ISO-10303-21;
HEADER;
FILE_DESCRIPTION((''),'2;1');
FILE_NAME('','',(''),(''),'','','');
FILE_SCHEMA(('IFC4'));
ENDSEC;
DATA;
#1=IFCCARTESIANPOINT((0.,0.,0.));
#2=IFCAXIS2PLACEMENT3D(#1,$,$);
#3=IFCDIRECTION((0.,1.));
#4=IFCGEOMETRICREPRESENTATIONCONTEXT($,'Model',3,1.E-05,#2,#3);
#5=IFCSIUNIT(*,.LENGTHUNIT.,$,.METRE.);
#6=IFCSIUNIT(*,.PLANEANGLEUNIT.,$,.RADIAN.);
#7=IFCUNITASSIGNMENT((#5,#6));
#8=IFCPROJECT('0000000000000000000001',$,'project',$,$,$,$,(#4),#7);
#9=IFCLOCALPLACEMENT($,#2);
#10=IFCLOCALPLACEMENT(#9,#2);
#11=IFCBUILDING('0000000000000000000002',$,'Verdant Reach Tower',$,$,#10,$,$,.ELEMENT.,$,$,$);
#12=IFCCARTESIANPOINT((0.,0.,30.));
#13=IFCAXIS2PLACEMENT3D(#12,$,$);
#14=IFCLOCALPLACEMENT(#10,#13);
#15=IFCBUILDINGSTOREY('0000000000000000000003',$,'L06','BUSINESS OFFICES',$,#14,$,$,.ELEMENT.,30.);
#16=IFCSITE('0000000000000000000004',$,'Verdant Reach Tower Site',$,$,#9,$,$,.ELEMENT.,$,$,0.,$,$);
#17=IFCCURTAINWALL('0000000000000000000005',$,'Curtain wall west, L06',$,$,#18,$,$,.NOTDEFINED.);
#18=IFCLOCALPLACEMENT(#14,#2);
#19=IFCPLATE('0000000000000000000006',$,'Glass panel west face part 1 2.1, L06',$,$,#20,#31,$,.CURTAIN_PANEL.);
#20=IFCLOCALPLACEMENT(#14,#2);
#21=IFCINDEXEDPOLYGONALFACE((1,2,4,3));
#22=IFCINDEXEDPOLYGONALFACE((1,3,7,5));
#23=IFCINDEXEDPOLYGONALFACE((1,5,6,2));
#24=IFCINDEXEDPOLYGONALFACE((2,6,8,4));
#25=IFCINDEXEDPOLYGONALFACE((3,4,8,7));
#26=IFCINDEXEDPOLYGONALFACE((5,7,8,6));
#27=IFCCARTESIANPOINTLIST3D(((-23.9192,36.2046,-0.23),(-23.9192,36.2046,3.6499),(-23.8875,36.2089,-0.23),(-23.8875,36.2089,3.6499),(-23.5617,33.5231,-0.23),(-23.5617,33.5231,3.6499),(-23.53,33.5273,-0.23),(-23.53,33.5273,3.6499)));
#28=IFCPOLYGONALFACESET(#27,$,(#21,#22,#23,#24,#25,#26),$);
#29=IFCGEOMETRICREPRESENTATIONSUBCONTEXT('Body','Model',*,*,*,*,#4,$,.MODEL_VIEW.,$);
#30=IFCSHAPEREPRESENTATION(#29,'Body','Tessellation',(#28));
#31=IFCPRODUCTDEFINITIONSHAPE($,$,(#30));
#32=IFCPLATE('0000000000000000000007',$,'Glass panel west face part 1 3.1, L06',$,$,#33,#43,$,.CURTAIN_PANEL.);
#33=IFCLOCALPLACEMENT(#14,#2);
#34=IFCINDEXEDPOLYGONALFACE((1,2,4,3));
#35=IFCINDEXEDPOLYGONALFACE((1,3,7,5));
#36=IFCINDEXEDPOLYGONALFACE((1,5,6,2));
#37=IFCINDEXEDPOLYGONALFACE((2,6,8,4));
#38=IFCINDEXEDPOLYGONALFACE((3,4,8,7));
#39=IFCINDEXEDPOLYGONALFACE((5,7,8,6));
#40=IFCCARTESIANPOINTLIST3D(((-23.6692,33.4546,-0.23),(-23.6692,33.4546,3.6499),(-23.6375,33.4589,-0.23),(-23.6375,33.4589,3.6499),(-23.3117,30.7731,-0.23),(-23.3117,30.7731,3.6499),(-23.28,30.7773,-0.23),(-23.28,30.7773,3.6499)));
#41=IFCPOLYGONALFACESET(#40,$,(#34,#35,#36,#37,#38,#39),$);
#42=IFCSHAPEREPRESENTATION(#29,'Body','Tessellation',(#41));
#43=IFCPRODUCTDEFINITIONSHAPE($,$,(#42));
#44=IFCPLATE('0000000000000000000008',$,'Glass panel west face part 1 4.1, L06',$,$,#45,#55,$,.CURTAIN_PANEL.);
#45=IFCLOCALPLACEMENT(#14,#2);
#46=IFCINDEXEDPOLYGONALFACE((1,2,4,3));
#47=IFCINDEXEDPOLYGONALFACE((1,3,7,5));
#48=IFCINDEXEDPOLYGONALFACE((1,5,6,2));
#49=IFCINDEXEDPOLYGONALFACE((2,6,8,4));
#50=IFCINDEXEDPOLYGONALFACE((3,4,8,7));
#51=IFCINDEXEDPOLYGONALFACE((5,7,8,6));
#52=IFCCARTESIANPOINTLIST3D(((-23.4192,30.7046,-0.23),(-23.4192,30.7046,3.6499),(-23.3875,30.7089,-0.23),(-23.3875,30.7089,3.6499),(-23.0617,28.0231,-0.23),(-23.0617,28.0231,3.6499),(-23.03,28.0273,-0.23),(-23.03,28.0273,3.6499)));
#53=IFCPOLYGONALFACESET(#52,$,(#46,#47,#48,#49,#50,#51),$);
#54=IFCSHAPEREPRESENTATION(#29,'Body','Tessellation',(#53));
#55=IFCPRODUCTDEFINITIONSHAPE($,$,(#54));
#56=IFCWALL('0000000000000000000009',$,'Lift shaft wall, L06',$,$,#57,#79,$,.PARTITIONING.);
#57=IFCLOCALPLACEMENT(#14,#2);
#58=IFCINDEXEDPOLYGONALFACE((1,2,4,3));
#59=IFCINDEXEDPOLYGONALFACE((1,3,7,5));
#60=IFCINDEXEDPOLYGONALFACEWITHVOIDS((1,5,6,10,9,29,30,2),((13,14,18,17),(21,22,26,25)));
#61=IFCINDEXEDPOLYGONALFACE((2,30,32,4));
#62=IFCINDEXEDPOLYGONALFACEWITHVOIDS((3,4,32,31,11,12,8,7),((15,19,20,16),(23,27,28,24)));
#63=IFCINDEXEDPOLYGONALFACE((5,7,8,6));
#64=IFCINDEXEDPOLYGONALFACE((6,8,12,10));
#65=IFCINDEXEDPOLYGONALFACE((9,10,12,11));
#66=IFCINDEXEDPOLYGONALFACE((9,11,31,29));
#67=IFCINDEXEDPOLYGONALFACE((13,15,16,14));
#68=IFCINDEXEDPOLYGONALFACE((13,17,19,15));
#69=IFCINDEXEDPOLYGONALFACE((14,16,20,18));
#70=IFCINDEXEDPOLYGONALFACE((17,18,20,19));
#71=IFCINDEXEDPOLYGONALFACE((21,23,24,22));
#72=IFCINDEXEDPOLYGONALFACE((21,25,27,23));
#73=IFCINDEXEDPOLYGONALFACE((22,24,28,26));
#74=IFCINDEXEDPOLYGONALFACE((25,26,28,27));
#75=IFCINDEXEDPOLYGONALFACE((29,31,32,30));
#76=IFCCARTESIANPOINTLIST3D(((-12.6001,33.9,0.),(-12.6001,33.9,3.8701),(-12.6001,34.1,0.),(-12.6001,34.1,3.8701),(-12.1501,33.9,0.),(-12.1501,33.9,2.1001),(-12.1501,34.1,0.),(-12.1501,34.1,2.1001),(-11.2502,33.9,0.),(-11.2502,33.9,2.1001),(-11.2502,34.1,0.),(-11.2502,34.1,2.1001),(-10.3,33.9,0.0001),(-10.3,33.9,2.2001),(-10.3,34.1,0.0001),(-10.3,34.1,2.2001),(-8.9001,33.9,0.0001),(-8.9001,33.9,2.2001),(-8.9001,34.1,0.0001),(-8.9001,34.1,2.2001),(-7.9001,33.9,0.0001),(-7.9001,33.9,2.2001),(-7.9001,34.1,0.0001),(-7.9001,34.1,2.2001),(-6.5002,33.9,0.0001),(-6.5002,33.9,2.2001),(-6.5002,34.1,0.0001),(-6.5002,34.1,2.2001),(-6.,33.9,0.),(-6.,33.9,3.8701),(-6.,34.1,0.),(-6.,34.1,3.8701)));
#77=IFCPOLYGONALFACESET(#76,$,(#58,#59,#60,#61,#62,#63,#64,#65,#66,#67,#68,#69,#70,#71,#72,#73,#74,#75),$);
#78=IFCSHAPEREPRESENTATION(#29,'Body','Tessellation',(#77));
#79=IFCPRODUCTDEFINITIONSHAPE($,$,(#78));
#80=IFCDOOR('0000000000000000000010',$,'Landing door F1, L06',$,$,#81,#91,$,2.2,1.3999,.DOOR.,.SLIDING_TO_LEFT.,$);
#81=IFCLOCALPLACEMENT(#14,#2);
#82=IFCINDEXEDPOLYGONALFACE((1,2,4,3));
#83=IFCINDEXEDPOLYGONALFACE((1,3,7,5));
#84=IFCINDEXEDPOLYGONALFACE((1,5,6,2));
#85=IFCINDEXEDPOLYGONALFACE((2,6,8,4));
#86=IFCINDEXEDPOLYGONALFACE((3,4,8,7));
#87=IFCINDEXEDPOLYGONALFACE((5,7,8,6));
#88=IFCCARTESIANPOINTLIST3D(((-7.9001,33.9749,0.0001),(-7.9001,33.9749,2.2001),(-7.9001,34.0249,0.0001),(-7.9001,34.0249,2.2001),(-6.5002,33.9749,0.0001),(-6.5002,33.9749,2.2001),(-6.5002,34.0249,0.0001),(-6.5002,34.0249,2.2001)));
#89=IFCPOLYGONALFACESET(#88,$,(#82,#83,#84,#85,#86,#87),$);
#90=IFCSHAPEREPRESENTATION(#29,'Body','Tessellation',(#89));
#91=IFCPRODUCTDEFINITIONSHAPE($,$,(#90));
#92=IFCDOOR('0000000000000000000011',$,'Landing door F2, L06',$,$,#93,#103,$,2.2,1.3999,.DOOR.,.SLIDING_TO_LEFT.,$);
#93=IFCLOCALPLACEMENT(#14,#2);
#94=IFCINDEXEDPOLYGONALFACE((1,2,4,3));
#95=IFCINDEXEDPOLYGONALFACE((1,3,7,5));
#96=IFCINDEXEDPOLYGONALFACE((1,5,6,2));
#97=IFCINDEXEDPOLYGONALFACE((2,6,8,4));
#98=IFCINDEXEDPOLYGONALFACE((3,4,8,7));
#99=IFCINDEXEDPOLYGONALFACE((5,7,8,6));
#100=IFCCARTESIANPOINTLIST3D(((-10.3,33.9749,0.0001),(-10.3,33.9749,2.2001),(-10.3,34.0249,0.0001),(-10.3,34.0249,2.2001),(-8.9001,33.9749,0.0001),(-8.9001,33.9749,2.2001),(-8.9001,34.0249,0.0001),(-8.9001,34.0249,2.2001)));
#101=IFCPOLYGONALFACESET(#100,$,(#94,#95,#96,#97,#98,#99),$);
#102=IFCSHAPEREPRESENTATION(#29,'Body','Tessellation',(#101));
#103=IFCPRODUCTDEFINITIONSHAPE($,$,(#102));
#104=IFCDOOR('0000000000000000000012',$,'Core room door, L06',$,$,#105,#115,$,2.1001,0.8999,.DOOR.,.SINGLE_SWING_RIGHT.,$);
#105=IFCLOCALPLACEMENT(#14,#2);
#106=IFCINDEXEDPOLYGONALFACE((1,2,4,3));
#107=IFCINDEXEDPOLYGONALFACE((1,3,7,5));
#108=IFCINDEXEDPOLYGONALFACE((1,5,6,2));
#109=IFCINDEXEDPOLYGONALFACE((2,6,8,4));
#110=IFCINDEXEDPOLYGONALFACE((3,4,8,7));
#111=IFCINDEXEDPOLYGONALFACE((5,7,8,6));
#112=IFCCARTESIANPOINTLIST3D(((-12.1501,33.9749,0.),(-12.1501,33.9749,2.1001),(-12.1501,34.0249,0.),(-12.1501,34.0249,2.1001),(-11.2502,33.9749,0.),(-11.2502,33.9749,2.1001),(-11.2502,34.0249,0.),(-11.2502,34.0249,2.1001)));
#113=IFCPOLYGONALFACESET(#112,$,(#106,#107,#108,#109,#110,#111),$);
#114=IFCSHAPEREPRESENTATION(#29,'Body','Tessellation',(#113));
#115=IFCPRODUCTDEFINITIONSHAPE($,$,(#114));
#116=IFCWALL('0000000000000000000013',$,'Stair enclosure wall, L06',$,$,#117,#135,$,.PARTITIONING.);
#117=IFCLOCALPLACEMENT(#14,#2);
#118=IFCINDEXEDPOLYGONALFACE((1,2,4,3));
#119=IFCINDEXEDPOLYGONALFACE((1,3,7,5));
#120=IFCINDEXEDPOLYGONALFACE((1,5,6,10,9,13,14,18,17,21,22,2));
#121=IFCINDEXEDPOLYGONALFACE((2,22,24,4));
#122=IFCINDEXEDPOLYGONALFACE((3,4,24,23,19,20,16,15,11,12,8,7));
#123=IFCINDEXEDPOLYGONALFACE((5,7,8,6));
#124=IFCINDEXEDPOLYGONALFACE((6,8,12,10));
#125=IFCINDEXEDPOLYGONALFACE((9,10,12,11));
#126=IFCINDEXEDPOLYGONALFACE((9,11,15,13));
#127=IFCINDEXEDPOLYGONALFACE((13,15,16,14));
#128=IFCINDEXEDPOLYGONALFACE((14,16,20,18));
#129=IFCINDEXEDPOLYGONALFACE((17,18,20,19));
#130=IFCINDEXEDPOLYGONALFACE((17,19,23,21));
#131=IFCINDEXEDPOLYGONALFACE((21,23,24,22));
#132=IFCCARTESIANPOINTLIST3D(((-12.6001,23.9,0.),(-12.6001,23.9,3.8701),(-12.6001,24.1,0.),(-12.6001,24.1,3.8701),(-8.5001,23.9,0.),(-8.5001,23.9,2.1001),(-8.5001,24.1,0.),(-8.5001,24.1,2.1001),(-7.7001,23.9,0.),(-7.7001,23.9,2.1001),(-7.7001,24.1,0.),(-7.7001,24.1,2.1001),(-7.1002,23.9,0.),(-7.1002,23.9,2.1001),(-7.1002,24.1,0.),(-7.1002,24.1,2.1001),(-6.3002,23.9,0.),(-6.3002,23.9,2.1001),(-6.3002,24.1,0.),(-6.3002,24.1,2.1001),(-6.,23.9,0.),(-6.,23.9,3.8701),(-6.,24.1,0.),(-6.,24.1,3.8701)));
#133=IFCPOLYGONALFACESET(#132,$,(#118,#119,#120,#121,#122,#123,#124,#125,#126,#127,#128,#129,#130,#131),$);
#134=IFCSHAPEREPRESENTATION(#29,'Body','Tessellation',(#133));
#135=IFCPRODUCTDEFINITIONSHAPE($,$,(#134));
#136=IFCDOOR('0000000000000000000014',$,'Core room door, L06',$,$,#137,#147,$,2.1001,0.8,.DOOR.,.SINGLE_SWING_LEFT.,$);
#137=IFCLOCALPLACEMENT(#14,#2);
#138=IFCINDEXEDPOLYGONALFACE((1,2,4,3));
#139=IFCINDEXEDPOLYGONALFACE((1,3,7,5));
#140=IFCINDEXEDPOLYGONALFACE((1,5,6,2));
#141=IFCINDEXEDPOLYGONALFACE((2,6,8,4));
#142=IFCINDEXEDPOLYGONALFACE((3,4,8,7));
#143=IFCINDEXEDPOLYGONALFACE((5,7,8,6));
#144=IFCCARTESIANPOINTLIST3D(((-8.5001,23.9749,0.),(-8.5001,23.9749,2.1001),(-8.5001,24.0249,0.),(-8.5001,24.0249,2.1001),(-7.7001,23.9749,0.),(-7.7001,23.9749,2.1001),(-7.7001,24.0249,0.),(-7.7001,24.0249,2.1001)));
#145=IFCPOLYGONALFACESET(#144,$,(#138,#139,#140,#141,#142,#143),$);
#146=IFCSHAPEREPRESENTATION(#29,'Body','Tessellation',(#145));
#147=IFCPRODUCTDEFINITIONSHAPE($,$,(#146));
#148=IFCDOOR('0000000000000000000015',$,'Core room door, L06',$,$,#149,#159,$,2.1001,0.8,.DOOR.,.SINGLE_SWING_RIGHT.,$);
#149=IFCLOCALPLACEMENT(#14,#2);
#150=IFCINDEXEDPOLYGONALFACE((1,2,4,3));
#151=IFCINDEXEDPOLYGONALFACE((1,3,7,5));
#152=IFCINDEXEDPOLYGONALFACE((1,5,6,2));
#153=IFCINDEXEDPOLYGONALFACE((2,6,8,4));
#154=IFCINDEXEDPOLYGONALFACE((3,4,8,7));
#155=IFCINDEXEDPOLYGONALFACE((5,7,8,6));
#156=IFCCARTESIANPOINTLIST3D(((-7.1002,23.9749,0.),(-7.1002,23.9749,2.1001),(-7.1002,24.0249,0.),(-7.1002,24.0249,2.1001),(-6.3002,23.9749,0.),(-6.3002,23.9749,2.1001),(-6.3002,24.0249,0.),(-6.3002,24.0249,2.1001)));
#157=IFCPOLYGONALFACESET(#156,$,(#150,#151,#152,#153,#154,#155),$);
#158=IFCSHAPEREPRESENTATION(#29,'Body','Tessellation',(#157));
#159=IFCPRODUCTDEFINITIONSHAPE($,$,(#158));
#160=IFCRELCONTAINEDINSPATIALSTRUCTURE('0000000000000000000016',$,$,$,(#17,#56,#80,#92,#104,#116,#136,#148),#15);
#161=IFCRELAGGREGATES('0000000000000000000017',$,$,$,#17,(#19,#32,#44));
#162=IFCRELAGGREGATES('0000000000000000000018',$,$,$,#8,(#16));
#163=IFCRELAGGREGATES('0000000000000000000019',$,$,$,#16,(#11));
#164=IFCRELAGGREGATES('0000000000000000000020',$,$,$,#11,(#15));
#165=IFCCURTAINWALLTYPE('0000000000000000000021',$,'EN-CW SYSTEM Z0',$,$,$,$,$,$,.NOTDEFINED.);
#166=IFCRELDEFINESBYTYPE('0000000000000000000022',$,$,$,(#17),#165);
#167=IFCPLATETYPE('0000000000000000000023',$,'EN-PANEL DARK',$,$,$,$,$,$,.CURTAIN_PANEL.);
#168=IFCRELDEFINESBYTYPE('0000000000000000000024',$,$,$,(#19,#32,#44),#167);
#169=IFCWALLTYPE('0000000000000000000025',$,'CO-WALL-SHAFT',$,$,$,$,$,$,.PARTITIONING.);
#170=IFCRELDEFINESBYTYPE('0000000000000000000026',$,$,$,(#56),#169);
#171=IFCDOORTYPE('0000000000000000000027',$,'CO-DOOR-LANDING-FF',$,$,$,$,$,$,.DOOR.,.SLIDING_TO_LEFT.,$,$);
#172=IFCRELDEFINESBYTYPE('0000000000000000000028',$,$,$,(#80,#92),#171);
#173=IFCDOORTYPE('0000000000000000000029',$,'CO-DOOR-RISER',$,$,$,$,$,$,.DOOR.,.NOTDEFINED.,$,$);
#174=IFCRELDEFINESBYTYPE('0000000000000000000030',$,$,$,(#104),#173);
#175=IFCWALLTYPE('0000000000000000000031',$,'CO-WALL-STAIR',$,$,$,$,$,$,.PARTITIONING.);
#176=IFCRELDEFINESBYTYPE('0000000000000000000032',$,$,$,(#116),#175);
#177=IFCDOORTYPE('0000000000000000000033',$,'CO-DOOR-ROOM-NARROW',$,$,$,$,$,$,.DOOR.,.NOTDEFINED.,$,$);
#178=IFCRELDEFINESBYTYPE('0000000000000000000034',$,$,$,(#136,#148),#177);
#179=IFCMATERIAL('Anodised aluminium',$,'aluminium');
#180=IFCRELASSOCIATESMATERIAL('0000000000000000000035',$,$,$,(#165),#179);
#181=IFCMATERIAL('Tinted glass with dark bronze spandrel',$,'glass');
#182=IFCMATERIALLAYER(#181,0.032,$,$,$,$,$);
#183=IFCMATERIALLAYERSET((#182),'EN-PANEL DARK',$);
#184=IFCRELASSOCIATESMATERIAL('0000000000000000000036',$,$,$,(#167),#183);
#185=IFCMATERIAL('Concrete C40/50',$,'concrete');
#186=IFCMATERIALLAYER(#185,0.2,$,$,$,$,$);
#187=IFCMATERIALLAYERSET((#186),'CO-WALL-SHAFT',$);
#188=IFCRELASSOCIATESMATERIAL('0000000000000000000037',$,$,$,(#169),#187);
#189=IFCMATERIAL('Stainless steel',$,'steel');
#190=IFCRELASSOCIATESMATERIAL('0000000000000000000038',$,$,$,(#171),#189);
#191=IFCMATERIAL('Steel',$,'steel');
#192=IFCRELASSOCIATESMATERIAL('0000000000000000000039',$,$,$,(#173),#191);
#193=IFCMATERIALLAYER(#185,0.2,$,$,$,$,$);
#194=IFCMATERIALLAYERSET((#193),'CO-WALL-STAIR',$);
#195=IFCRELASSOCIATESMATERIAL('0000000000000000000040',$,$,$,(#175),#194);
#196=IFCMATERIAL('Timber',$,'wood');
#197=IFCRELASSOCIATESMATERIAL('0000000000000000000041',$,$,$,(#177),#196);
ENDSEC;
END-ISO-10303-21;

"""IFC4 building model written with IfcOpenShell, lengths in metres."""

from ifc_helpers import new_model, si_unit, direction, frame, frame_2d, origin, origin_2d, place, context, subcontext, project, spatial, rectangle, extrude, material, layer, layer_set, type_object, element, fill, aggregate, save


model = new_model("IFC4")

# Units and contexts
model_context = context("Model", 3, precision=1e-05, world=origin(), true_north=direction((0.0, 1.0)))
body_context = subcontext(model_context, "Body", "Model", "MODEL_VIEW")
ifc_project = project(units=[si_unit("LENGTHUNIT", "METRE"), si_unit("PLANEANGLEUNIT", "RADIAN")], contexts=[model_context])

# Site, building, storey
site_placement = place(None, origin())
site = spatial("IfcSite", under=ifc_project, at=site_placement, Name="Verdant Reach Tower Site", CompositionType="ELEMENT", RefElevation=0.0)
building_placement = place(site_placement, origin())
building = spatial("IfcBuilding", under=site, at=building_placement, Name="Verdant Reach Tower", CompositionType="ELEMENT")
storey_placement = place(building_placement, frame((0.0, 0.0, 30.0)))
storey = spatial("IfcBuildingStorey", under=building, at=storey_placement, Name="L06", Description="BUSINESS OFFICES", CompositionType="ELEMENT", Elevation=30.0)

# Curtain wall, plates
ifc_material_1 = material(Name="Anodised aluminium", Category="aluminium")
curtain_wall_type = type_object("IfcCurtainWallType", Name="EN-CW SYSTEM Z0", PredefinedType="NOTDEFINED", material=ifc_material_1)
curtain_wall_placement = place(storey_placement, origin())
curtain_wall = element("IfcCurtainWall", 1, at=curtain_wall_placement, inside=storey, type_object=curtain_wall_type, Name="Curtain wall west, L06", PredefinedType="NOTDEFINED")
ifc_material_2 = material(Name="Tinted glass with dark bronze spandrel", Category="glass")
ifc_layer_1 = layer(ifc_material_2, 0.032)
ifc_layer_set_1 = layer_set([ifc_layer_1], Name="EN-PANEL DARK")
plate_type_1 = type_object("IfcPlateType", Name="EN-PANEL DARK", PredefinedType="CURTAIN_PANEL", material=ifc_layer_set_1)
plate_1_placement = place(storey_placement, frame((-23.7246, 34.866, -0.23), z_axis=(0.0, 0.0, 1.0), x_axis=(0.13216, -0.991228, 0.0)))
plate_1 = element("IfcPlate", 2, at=plate_1_placement, type_object=plate_type_1, Name="Glass panel west face part 1 2.1, L06", PredefinedType="CURTAIN_PANEL", context=body_context, shape_type="SweptSolid", body=[
    extrude(rectangle(XDim=2.7053, YDim=0.032, at=origin_2d()), origin(), (0.0, 0.0, 1.0), 3.8799),
])
plate_2_placement = place(storey_placement, frame((-23.4746, 32.116, -0.23), z_axis=(0.0, 0.0, 1.0), x_axis=(0.13216, -0.991228, 0.0)))
plate_2 = element("IfcPlate", 3, at=plate_2_placement, type_object=plate_type_1, Name="Glass panel west face part 1 3.1, L06", PredefinedType="CURTAIN_PANEL", context=body_context, shape_type="SweptSolid", body=[
    extrude(rectangle(XDim=2.7053, YDim=0.032, at=origin_2d()), origin(), (0.0, 0.0, 1.0), 3.8799),
])
plate_3_placement = place(storey_placement, frame((-23.2246, 29.366, -0.23), z_axis=(0.0, 0.0, 1.0), x_axis=(0.13216, -0.991228, 0.0)))
plate_3 = element("IfcPlate", 4, at=plate_3_placement, type_object=plate_type_1, Name="Glass panel west face part 1 4.1, L06", PredefinedType="CURTAIN_PANEL", context=body_context, shape_type="SweptSolid", body=[
    extrude(rectangle(XDim=2.7053, YDim=0.032, at=origin_2d()), origin(), (0.0, 0.0, 1.0), 3.8799),
])
aggregate(curtain_wall, [plate_1, plate_2, plate_3])

# Walls, openings, doors
ifc_material_3 = material(Name="Concrete C40/50", Category="concrete")
ifc_layer_2 = layer(ifc_material_3, 0.2)
ifc_layer_set_2 = layer_set([ifc_layer_2], Name="CO-WALL-SHAFT")
wall_type_1 = type_object("IfcWallType", Name="CO-WALL-SHAFT", PredefinedType="PARTITIONING", material=ifc_layer_set_2)
wall_1_placement = place(storey_placement, frame((-12.6001, 34.0, 0.0), z_axis=(0.0, 0.0, 1.0), x_axis=(1.0, 0.0, 0.0)))
wall_1 = element("IfcWall", 5, at=wall_1_placement, inside=storey, type_object=wall_type_1, Name="Lift shaft wall, L06", PredefinedType="PARTITIONING", context=body_context, shape_type="SweptSolid", body=[
    extrude(rectangle(XDim=6.6001, YDim=0.2, at=frame_2d((3.3, 0.0))), origin(), (0.0, 0.0, 1.0), 3.8701),
])
opening_1_placement = place(wall_1_placement, frame((4.7, 0.0, 0.0)))
opening_1 = element("IfcOpeningElement", 6, at=opening_1_placement, cuts=wall_1, PredefinedType="OPENING", context=body_context, shape_type="SweptSolid", body=[
    extrude(rectangle(XDim=1.3999, YDim=2.2, at=frame_2d((0.7, 1.1001))), frame((0.0, 0.1099, 0.0), z_axis=(0.0, -1.0, 0.0), x_axis=(1.0, 0.0, 0.0)), (0.0, 0.0, 1.0), 0.22),
])
opening_2_placement = place(wall_1_placement, frame((2.3, 0.0, 0.0)))
opening_2 = element("IfcOpeningElement", 7, at=opening_2_placement, cuts=wall_1, PredefinedType="OPENING", context=body_context, shape_type="SweptSolid", body=[
    extrude(rectangle(XDim=1.3999, YDim=2.2, at=frame_2d((0.7, 1.1001))), frame((0.0, 0.1099, 0.0), z_axis=(0.0, -1.0, 0.0), x_axis=(1.0, 0.0, 0.0)), (0.0, 0.0, 1.0), 0.22),
])
opening_3_placement = place(wall_1_placement, frame((0.45, 0.0, 0.0)))
opening_3 = element("IfcOpeningElement", 8, at=opening_3_placement, cuts=wall_1, PredefinedType="OPENING", context=body_context, shape_type="SweptSolid", body=[
    extrude(rectangle(XDim=0.8999, YDim=2.1001, at=frame_2d((0.45, 1.05))), frame((0.0, 0.1099, 0.0), z_axis=(0.0, -1.0, 0.0), x_axis=(1.0, 0.0, 0.0)), (0.0, 0.0, 1.0), 0.22),
])
ifc_material_4 = material(Name="Stainless steel", Category="steel")
door_type_1 = type_object("IfcDoorType", Name="CO-DOOR-LANDING-FF", OperationType="SLIDING_TO_LEFT", PredefinedType="DOOR", material=ifc_material_4)
door_1_placement = place(opening_1_placement, origin())
door_1 = element("IfcDoor", 9, at=door_1_placement, inside=storey, type_object=door_type_1, Name="Landing door F1, L06", OperationType="SLIDING_TO_LEFT", OverallHeight=2.2, OverallWidth=1.3999, PredefinedType="DOOR", context=body_context, shape_type="SweptSolid", body=[
    extrude(rectangle(XDim=1.3999, YDim=2.2, at=frame_2d((0.7, 1.1001))), frame((0.0, 0.0249, 0.0), z_axis=(0.0, -1.0, 0.0), x_axis=(1.0, 0.0, 0.0)), (0.0, 0.0, 1.0), 0.05),
])
fill(opening_1, door_1)
door_2_placement = place(opening_2_placement, origin())
door_2 = element("IfcDoor", 10, at=door_2_placement, inside=storey, type_object=door_type_1, Name="Landing door F2, L06", OperationType="SLIDING_TO_LEFT", OverallHeight=2.2, OverallWidth=1.3999, PredefinedType="DOOR", context=body_context, shape_type="SweptSolid", body=[
    extrude(rectangle(XDim=1.3999, YDim=2.2, at=frame_2d((0.7, 1.1001))), frame((0.0, 0.0249, 0.0), z_axis=(0.0, -1.0, 0.0), x_axis=(1.0, 0.0, 0.0)), (0.0, 0.0, 1.0), 0.05),
])
fill(opening_2, door_2)
ifc_material_5 = material(Name="Steel", Category="steel")
door_type_2 = type_object("IfcDoorType", Name="CO-DOOR-RISER", OperationType="NOTDEFINED", PredefinedType="DOOR", material=ifc_material_5)
door_3_placement = place(opening_3_placement, origin())
door_3 = element("IfcDoor", 11, at=door_3_placement, inside=storey, type_object=door_type_2, Name="Core room door, L06", OperationType="SINGLE_SWING_RIGHT", OverallHeight=2.1001, OverallWidth=0.8999, PredefinedType="DOOR", context=body_context, shape_type="SweptSolid", body=[
    extrude(rectangle(XDim=0.8999, YDim=2.1001, at=frame_2d((0.45, 1.05))), frame((0.0, 0.0249, 0.0), z_axis=(0.0, -1.0, 0.0), x_axis=(1.0, 0.0, 0.0)), (0.0, 0.0, 1.0), 0.05),
])
fill(opening_3, door_3)
ifc_layer_3 = layer(ifc_material_3, 0.2)
ifc_layer_set_3 = layer_set([ifc_layer_3], Name="CO-WALL-STAIR")
wall_type_2 = type_object("IfcWallType", Name="CO-WALL-STAIR", PredefinedType="PARTITIONING", material=ifc_layer_set_3)
wall_2_placement = place(storey_placement, frame((-12.6001, 24.0, 0.0), z_axis=(0.0, 0.0, 1.0), x_axis=(1.0, 0.0, 0.0)))
wall_2 = element("IfcWall", 12, at=wall_2_placement, inside=storey, type_object=wall_type_2, Name="Stair enclosure wall, L06", PredefinedType="PARTITIONING", context=body_context, shape_type="SweptSolid", body=[
    extrude(rectangle(XDim=6.6001, YDim=0.2, at=frame_2d((3.3, 0.0))), origin(), (0.0, 0.0, 1.0), 3.8701),
])
opening_4_placement = place(wall_2_placement, frame((4.1001, 0.0, 0.0)))
opening_4 = element("IfcOpeningElement", 13, at=opening_4_placement, cuts=wall_2, PredefinedType="OPENING", context=body_context, shape_type="SweptSolid", body=[
    extrude(rectangle(XDim=0.8, YDim=2.1001, at=frame_2d((0.3999, 1.05))), frame((0.0, 0.1099, 0.0), z_axis=(0.0, -1.0, 0.0), x_axis=(1.0, 0.0, 0.0)), (0.0, 0.0, 1.0), 0.22),
])
opening_5_placement = place(wall_2_placement, frame((5.5, 0.0, 0.0)))
opening_5 = element("IfcOpeningElement", 14, at=opening_5_placement, cuts=wall_2, PredefinedType="OPENING", context=body_context, shape_type="SweptSolid", body=[
    extrude(rectangle(XDim=0.8, YDim=2.1001, at=frame_2d((0.3999, 1.05))), frame((0.0, 0.1099, 0.0), z_axis=(0.0, -1.0, 0.0), x_axis=(1.0, 0.0, 0.0)), (0.0, 0.0, 1.0), 0.22),
])
ifc_material_6 = material(Name="Timber", Category="wood")
door_type_3 = type_object("IfcDoorType", Name="CO-DOOR-ROOM-NARROW", OperationType="NOTDEFINED", PredefinedType="DOOR", material=ifc_material_6)
door_4_placement = place(opening_4_placement, origin())
door_4 = element("IfcDoor", 15, at=door_4_placement, inside=storey, type_object=door_type_3, Name="Core room door, L06", OperationType="SINGLE_SWING_LEFT", OverallHeight=2.1001, OverallWidth=0.8, PredefinedType="DOOR", context=body_context, shape_type="SweptSolid", body=[
    extrude(rectangle(XDim=0.8, YDim=2.1001, at=frame_2d((0.3999, 1.05))), frame((0.0, 0.0249, 0.0), z_axis=(0.0, -1.0, 0.0), x_axis=(1.0, 0.0, 0.0)), (0.0, 0.0, 1.0), 0.05),
])
fill(opening_4, door_4)
door_5_placement = place(opening_5_placement, origin())
door_5 = element("IfcDoor", 16, at=door_5_placement, inside=storey, type_object=door_type_3, Name="Core room door, L06", OperationType="SINGLE_SWING_RIGHT", OverallHeight=2.1001, OverallWidth=0.8, PredefinedType="DOOR", context=body_context, shape_type="SweptSolid", body=[
    extrude(rectangle(XDim=0.8, YDim=2.1001, at=frame_2d((0.3999, 1.05))), frame((0.0, 0.0249, 0.0), z_axis=(0.0, -1.0, 0.0), x_axis=(1.0, 0.0, 0.0)), (0.0, 0.0, 1.0), 0.05),
])
fill(opening_5, door_5)

save(model, "model.ifc")
